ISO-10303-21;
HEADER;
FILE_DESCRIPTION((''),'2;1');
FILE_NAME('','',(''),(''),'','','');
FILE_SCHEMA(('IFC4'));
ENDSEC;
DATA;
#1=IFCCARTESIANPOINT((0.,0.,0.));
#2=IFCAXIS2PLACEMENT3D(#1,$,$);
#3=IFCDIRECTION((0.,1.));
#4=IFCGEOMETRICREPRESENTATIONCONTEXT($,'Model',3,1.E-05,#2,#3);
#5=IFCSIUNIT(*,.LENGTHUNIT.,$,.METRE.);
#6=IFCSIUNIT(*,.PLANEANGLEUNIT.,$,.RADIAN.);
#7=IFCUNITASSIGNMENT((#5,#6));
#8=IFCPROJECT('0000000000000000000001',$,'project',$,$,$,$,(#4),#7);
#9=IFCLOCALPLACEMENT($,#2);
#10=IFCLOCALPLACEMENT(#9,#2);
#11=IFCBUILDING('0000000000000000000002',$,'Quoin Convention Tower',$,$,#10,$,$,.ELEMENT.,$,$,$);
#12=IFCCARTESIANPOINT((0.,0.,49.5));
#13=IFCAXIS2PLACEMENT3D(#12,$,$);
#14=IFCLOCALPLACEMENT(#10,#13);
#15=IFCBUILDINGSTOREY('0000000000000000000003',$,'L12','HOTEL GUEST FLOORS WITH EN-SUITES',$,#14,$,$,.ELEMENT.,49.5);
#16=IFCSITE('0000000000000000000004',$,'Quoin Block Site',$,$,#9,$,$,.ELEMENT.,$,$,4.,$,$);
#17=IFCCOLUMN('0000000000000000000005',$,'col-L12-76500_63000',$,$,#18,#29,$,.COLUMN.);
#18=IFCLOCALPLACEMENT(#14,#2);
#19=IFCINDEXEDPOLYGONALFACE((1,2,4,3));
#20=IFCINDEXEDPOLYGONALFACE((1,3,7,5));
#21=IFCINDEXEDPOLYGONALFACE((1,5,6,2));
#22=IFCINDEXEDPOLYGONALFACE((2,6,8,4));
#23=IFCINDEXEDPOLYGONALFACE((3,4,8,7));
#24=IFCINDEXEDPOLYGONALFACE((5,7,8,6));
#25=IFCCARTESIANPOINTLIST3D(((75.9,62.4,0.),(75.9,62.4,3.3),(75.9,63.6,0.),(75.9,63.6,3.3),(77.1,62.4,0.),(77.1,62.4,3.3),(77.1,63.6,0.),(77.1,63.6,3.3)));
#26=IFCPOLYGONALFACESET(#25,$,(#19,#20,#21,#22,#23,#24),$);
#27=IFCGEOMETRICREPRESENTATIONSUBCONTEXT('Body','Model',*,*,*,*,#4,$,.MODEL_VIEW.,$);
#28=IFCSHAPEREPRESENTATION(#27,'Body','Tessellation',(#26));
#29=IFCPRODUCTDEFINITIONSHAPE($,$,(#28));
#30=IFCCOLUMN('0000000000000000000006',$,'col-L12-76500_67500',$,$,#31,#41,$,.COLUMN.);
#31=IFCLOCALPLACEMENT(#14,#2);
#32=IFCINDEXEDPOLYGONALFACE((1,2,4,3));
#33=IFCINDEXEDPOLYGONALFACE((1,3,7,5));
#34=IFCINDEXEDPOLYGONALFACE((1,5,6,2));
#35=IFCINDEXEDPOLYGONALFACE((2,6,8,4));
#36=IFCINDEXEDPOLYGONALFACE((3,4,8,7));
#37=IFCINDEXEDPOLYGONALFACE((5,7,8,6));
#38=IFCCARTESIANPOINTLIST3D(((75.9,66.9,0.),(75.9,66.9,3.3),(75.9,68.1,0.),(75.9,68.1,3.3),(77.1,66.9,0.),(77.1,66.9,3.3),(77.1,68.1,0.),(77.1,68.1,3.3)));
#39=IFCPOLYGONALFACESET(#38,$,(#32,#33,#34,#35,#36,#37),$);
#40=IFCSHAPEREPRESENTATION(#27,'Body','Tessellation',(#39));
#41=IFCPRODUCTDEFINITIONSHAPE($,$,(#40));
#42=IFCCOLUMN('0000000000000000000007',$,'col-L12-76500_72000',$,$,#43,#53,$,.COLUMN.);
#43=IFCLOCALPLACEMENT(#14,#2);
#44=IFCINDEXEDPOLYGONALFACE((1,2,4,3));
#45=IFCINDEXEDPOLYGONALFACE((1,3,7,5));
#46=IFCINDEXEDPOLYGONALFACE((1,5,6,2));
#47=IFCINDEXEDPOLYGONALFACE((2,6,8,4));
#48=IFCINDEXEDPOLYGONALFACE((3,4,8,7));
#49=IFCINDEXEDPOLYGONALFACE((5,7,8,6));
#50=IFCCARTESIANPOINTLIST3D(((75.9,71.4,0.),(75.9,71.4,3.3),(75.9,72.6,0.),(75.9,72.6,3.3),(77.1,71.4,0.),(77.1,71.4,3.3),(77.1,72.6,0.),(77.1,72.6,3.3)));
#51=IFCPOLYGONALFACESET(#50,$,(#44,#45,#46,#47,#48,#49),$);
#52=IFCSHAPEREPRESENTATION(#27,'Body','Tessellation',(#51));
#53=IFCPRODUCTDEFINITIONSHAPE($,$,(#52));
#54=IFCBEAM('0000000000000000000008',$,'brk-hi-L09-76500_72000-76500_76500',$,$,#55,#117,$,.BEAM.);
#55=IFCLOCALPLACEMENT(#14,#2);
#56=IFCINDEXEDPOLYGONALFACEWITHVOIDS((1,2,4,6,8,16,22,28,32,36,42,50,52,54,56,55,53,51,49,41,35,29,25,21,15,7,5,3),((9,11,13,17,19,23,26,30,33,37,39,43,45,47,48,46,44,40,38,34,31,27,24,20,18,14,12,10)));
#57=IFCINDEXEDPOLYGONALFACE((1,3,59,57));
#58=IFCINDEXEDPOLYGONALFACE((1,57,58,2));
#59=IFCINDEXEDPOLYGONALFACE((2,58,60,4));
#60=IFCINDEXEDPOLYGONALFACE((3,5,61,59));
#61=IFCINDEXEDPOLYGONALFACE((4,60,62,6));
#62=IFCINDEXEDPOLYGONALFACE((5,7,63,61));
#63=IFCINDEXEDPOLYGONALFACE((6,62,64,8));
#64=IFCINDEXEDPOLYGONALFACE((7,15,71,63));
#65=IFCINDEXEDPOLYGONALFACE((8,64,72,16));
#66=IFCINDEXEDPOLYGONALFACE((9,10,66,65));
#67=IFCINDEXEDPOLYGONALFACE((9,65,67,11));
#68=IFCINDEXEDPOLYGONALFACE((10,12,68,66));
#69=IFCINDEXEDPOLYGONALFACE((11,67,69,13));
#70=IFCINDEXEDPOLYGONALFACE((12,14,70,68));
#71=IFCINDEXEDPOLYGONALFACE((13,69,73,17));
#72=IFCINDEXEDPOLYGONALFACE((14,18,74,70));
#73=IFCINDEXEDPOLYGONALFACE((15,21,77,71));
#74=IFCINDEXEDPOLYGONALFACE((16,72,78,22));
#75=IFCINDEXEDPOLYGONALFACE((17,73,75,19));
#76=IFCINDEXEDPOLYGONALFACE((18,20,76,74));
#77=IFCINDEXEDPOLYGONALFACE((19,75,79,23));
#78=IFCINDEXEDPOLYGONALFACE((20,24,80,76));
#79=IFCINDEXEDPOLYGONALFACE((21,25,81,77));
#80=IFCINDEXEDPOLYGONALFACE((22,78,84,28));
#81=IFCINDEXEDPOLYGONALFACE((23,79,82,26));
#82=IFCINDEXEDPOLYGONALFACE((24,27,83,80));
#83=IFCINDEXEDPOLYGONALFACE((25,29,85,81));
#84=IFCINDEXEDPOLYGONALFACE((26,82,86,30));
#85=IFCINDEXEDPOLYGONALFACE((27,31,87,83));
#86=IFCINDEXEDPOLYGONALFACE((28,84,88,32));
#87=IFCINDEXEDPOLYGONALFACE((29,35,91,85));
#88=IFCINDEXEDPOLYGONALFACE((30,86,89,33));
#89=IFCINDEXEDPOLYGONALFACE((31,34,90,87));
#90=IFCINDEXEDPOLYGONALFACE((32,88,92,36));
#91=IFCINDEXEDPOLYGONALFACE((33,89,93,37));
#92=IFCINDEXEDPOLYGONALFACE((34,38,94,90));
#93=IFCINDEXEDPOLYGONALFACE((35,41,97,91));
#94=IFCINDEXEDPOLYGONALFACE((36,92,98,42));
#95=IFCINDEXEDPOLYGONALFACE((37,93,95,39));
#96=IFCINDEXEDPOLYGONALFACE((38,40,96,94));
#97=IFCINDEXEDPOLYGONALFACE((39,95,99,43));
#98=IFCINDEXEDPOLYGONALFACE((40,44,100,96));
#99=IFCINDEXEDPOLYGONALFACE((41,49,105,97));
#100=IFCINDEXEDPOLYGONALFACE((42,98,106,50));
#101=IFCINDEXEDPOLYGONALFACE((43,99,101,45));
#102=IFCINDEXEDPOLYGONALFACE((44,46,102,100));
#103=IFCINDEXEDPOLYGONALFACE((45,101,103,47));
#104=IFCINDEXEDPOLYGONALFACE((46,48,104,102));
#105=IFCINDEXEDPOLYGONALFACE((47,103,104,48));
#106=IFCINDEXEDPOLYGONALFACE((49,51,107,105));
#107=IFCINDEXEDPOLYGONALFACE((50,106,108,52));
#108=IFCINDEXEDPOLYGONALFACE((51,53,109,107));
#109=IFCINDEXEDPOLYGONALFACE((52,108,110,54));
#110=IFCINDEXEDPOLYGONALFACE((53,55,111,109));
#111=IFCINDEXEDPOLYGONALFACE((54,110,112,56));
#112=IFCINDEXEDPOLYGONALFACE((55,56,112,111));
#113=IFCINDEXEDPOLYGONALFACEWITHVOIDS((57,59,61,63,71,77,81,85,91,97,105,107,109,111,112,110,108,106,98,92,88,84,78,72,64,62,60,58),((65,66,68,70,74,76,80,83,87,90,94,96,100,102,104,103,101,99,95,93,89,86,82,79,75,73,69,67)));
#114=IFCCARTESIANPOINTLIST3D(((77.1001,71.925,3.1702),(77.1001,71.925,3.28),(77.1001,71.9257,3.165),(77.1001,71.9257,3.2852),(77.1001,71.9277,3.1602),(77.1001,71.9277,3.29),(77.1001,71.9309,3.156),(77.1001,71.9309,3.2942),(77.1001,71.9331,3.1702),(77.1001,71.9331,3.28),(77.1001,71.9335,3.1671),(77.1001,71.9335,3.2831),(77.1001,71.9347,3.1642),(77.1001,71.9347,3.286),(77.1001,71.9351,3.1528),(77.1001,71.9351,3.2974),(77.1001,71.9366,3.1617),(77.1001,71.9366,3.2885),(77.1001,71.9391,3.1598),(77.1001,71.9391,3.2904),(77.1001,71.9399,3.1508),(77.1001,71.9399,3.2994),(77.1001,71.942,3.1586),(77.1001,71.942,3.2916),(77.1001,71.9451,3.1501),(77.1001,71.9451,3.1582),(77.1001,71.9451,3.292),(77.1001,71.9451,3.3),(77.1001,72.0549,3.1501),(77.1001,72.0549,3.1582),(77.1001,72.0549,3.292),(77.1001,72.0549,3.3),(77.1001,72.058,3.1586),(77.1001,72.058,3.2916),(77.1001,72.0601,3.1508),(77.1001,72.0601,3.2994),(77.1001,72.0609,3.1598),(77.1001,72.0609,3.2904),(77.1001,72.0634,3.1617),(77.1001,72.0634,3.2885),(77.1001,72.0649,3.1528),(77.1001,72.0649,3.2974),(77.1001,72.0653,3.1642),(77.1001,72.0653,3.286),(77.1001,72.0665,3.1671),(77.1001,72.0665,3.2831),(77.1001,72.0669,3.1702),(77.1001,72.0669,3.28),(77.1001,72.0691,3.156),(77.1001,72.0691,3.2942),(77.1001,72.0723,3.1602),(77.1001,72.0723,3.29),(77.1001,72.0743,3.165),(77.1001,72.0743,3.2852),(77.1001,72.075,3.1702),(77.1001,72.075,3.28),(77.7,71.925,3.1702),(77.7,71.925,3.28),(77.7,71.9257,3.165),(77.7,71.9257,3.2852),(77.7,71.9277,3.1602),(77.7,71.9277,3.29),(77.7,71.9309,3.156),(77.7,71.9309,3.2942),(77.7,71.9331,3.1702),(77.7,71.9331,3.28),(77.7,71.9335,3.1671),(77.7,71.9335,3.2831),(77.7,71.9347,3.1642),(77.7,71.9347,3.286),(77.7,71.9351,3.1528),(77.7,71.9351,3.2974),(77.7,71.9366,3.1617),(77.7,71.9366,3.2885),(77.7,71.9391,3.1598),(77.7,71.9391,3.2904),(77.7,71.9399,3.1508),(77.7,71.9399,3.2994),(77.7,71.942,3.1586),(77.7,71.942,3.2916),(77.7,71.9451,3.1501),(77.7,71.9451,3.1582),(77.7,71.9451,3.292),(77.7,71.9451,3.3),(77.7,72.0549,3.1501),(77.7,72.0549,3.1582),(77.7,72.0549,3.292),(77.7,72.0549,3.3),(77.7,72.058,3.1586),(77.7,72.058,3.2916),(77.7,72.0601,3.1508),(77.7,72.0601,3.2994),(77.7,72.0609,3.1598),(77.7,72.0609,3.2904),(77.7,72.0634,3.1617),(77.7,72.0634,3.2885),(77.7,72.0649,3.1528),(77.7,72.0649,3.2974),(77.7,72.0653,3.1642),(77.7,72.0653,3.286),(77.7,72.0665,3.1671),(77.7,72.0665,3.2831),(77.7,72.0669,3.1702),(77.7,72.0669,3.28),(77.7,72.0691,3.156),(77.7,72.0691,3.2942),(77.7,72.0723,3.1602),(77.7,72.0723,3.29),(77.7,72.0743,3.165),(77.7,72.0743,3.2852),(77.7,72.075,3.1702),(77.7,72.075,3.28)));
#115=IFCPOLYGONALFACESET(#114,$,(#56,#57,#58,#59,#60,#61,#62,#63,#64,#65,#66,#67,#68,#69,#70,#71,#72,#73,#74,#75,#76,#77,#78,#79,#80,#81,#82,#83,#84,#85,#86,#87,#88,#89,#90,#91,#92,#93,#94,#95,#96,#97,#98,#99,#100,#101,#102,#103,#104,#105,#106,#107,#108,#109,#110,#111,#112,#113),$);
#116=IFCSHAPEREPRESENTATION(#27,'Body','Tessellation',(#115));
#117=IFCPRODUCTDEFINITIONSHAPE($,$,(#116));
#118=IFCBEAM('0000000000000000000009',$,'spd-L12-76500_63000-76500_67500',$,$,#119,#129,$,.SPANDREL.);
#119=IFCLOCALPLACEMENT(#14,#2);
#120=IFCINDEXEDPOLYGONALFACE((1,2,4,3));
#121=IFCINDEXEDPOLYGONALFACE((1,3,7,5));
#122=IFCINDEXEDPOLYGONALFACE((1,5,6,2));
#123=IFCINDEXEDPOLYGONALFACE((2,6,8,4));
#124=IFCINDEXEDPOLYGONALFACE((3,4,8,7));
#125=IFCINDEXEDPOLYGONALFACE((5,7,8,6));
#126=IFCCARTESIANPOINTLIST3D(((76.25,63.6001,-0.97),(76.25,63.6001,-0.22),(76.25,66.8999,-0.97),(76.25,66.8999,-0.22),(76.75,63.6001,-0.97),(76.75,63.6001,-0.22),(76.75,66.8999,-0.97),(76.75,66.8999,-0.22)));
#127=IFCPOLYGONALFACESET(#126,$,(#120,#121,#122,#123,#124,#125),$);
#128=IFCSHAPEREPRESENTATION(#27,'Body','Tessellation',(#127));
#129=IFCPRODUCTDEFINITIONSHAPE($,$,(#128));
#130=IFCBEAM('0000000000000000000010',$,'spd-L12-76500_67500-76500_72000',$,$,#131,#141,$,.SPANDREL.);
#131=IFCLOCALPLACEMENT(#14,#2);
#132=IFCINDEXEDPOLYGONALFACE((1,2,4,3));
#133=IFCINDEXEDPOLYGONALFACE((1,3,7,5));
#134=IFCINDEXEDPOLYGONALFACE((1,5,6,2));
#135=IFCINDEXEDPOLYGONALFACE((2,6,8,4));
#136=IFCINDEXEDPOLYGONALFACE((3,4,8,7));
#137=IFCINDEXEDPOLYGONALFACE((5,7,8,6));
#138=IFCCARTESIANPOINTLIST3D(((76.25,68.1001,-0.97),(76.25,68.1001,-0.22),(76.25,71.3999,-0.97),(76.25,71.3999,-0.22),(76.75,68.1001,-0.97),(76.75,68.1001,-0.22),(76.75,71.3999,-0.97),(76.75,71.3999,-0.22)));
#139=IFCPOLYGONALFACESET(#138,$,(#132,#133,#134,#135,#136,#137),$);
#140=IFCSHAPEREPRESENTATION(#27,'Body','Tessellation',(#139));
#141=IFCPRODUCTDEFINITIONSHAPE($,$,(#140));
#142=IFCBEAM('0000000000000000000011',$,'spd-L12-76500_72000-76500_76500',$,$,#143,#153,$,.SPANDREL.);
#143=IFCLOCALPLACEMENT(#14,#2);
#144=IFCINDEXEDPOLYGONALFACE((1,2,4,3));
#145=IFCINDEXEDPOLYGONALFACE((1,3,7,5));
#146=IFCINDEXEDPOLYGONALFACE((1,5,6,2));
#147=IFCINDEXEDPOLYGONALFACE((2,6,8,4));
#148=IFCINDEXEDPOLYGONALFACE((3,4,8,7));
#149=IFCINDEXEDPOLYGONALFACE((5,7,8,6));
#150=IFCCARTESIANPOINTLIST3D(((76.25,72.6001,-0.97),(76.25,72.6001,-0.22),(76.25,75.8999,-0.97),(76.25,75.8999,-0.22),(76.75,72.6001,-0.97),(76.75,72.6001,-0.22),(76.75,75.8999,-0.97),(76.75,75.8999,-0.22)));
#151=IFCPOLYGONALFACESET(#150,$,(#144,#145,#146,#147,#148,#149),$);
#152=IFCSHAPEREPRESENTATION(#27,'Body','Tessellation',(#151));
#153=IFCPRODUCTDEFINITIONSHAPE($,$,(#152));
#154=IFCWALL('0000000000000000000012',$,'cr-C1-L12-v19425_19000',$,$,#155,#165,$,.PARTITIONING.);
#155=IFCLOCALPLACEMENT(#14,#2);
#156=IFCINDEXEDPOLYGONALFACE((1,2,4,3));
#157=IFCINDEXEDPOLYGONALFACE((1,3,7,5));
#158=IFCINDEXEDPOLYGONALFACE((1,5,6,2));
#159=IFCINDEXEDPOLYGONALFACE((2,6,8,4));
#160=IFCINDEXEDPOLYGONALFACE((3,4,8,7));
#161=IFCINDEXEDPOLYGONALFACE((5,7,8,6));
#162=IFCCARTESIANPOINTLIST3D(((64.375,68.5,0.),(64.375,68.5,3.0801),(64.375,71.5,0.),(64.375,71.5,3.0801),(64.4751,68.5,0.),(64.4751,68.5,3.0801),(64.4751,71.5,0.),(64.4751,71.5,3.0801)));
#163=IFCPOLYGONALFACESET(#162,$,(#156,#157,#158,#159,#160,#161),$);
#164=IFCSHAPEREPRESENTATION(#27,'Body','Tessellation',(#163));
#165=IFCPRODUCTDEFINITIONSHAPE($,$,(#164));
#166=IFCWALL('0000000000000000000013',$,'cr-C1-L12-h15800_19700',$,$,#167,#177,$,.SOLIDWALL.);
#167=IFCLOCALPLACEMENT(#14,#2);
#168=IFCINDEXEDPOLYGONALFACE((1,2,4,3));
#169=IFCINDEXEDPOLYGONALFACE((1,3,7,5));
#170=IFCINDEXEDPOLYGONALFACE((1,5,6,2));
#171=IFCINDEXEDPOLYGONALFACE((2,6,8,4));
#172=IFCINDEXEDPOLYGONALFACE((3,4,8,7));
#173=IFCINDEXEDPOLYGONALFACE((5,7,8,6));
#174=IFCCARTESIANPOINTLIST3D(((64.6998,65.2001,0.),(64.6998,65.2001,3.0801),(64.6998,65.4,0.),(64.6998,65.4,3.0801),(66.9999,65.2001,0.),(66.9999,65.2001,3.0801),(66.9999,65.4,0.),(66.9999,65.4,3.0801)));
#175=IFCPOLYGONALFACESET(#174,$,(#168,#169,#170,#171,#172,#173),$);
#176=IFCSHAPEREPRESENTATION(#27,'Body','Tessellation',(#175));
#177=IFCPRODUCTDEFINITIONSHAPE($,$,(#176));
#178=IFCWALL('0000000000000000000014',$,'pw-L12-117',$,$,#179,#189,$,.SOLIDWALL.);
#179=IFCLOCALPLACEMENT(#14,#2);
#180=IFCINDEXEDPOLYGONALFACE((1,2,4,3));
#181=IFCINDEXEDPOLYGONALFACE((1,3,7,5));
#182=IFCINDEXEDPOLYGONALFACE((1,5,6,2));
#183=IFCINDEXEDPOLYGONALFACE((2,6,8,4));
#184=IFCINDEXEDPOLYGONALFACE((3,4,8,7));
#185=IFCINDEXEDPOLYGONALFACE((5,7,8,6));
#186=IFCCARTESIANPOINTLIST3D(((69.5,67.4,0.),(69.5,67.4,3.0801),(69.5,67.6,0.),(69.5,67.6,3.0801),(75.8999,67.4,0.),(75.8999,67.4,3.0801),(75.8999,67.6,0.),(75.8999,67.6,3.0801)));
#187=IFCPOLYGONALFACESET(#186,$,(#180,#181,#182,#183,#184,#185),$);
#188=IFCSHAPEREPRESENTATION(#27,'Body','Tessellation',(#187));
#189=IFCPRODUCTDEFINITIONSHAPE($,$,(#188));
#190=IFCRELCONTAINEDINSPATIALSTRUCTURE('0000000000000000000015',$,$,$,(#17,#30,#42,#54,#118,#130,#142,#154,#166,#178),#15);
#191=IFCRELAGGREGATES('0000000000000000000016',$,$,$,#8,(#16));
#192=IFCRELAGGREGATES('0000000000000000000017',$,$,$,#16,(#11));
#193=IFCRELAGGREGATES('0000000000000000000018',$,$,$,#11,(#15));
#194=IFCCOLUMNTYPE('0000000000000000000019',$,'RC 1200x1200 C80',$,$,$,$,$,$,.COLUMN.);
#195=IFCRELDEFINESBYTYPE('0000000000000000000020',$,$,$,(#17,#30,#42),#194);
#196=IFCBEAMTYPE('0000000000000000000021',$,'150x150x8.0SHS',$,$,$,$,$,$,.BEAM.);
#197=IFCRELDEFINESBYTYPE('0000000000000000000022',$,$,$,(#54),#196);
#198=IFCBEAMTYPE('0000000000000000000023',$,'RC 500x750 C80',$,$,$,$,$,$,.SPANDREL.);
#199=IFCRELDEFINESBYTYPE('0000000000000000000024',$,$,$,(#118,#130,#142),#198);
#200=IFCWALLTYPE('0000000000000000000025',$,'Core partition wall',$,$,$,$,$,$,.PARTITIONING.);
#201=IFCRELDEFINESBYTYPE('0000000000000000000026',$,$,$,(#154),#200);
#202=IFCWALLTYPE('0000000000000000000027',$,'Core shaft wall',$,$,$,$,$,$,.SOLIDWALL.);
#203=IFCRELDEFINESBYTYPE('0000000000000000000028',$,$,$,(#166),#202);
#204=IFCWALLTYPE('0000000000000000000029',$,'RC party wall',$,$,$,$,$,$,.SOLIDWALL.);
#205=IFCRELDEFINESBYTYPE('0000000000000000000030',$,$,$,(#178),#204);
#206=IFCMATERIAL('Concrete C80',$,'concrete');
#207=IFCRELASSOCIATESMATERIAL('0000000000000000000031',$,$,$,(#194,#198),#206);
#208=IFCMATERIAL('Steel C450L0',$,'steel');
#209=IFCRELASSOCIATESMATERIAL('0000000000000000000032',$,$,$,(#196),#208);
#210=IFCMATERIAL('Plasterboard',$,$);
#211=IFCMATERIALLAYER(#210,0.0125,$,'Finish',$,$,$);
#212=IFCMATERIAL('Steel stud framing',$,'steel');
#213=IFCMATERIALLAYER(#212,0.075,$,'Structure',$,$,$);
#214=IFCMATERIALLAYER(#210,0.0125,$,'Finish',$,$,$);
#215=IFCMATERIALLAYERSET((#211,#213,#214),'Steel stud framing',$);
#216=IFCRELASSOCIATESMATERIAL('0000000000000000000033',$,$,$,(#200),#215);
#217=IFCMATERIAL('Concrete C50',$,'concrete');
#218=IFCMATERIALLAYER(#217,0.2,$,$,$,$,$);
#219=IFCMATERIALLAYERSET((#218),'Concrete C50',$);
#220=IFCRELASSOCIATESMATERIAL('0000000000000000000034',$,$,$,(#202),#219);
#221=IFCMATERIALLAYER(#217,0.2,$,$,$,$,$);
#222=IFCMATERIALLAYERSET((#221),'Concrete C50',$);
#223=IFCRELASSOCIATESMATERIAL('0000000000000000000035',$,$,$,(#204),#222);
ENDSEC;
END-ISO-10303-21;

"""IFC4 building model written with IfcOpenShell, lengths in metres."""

from ifc_helpers import new_model, si_unit, direction, frame, frame_2d, origin, origin_2d, place, context, subcontext, project, spatial, rectangle, hollow_rectangle, extrude, material, layer, layer_set, material_profile, profile_set, type_object, element, save


model = new_model("IFC4")

# Units and contexts
model_context = context("Model", 3, precision=1e-05, world=origin(), true_north=direction((0.0, 1.0)))
body_context = subcontext(model_context, "Body", "Model", "MODEL_VIEW")
ifc_project = project(units=[si_unit("LENGTHUNIT", "METRE"), si_unit("PLANEANGLEUNIT", "RADIAN")], contexts=[model_context])

# Site, building, storey
site_placement = place(None, origin())
site = spatial("IfcSite", under=ifc_project, at=site_placement, Name="Quoin Block Site", CompositionType="ELEMENT", RefElevation=4.0)
building_placement = place(site_placement, origin())
building = spatial("IfcBuilding", under=site, at=building_placement, Name="Quoin Convention Tower", CompositionType="ELEMENT")
storey_placement = place(building_placement, frame((0.0, 0.0, 49.5)))
storey = spatial("IfcBuildingStorey", under=building, at=storey_placement, Name="L12", Description="HOTEL GUEST FLOORS WITH EN-SUITES", CompositionType="ELEMENT", Elevation=49.5)

# Columns
ifc_material_1 = material(Name="Concrete C80", Category="concrete")
ifc_material_profile_1 = material_profile(ifc_material_1, rectangle(XDim=1.2, YDim=1.2, at=origin_2d()), Name="RC 1200x1200")
ifc_profile_set_1 = profile_set([ifc_material_profile_1], Name="Concrete C80")
column_type = type_object("IfcColumnType", Name="RC 1200x1200 C80", PredefinedType="COLUMN", material=ifc_profile_set_1)
for number, where, z_axis, x_axis, name in (
    (1, (76.5, 63.0, 0.0), (0.0, 0.0, 1.0), (1.0, 0.0, 0.0), "col-L12-76500_63000"),
    (2, (76.5, 67.5, 0.0), (0.0, 0.0, 1.0), (1.0, 0.0, 0.0), "col-L12-76500_67500"),
    (3, (76.5, 72.0, 0.0), (0.0, 0.0, 1.0), (1.0, 0.0, 0.0), "col-L12-76500_72000"),
):
    element("IfcColumn", number, at=place(storey_placement, frame(where, z_axis=z_axis, x_axis=x_axis)), inside=storey, type_object=column_type, Name=name, PredefinedType="COLUMN", context=body_context, shape_type="SweptSolid", body=[
        extrude(rectangle(XDim=1.2, YDim=1.2, at=origin_2d()), origin(), (0.0, 0.0, 1.0), 3.3),
    ])

# Beams
ifc_material_2 = material(Name="Steel C450L0", Category="steel")
ifc_material_profile_2 = material_profile(ifc_material_2, hollow_rectangle(XDim=0.1499, YDim=0.1499, WallThickness=0.0081, InnerFilletRadius=0.012, OuterFilletRadius=0.02, at=origin_2d()), Name="150x150x8.0SHS")
ifc_profile_set_2 = profile_set([ifc_material_profile_2], Name="Steel C450L0")
beam_type_1 = type_object("IfcBeamType", Name="150x150x8.0SHS", PredefinedType="BEAM", material=ifc_profile_set_2)
beam_placement = place(storey_placement, frame((77.1001, 72.0, 3.2251), z_axis=(1.0, 0.0, 0.0), x_axis=(0.0, 1.0, 0.0)))
element("IfcBeam", 4, at=beam_placement, inside=storey, type_object=beam_type_1, Name="brk-hi-L09-76500_72000-76500_76500", PredefinedType="BEAM", context=body_context, shape_type="SweptSolid", body=[
    extrude(hollow_rectangle(XDim=0.1499, YDim=0.1499, WallThickness=0.0081, InnerFilletRadius=0.012, OuterFilletRadius=0.02, at=origin_2d()), origin(), (0.0, 0.0, 1.0), 0.5999),
])
ifc_material_profile_3 = material_profile(ifc_material_1, rectangle(XDim=0.5, YDim=0.75, at=origin_2d()), Name="RC 500x750")
ifc_profile_set_3 = profile_set([ifc_material_profile_3], Name="Concrete C80")
beam_type_2 = type_object("IfcBeamType", Name="RC 500x750 C80", PredefinedType="SPANDREL", material=ifc_profile_set_3)
for number, where, z_axis, x_axis, name in (
    (5, (76.5, 63.6001, -0.595), (0.0, 1.0, 0.0), (-1.0, 0.0, 0.0), "spd-L12-76500_63000-76500_67500"),
    (6, (76.5, 68.1001, -0.595), (0.0, 1.0, 0.0), (-1.0, 0.0, 0.0), "spd-L12-76500_67500-76500_72000"),
    (7, (76.5, 72.6001, -0.595), (0.0, 1.0, 0.0), (-1.0, 0.0, 0.0), "spd-L12-76500_72000-76500_76500"),
):
    element("IfcBeam", number, at=place(storey_placement, frame(where, z_axis=z_axis, x_axis=x_axis)), inside=storey, type_object=beam_type_2, Name=name, PredefinedType="SPANDREL", context=body_context, shape_type="SweptSolid", body=[
        extrude(rectangle(XDim=0.5, YDim=0.75, at=origin_2d()), origin(), (0.0, 0.0, 1.0), 3.2998),
    ])

# Walls
ifc_material_3 = material(Name="Plasterboard")
ifc_layer_1 = layer(ifc_material_3, 0.0125, Name="Finish")
ifc_material_4 = material(Name="Steel stud framing", Category="steel")
ifc_layer_2 = layer(ifc_material_4, 0.075, Name="Structure")
ifc_layer_3 = layer(ifc_material_3, 0.0125, Name="Finish")
ifc_layer_set_1 = layer_set([ifc_layer_1, ifc_layer_2, ifc_layer_3], Name="Steel stud framing")
wall_type_1 = type_object("IfcWallType", Name="Core partition wall", PredefinedType="PARTITIONING", material=ifc_layer_set_1)
wall_1_placement = place(storey_placement, frame((64.425, 68.5, 0.0), z_axis=(0.0, 0.0, 1.0), x_axis=(0.0, 1.0, 0.0)))
element("IfcWall", 8, at=wall_1_placement, inside=storey, type_object=wall_type_1, Name="cr-C1-L12-v19425_19000", PredefinedType="PARTITIONING", context=body_context, shape_type="SweptSolid", body=[
    extrude(rectangle(XDim=3.0, YDim=0.1001, at=frame_2d((1.5, 0.0))), origin(), (0.0, 0.0, 1.0), 3.0801),
])
ifc_material_5 = material(Name="Concrete C50", Category="concrete")
ifc_layer_4 = layer(ifc_material_5, 0.2)
ifc_layer_set_2 = layer_set([ifc_layer_4], Name="Concrete C50")
wall_type_2 = type_object("IfcWallType", Name="Core shaft wall", PredefinedType="SOLIDWALL", material=ifc_layer_set_2)
wall_2_placement = place(storey_placement, frame((64.7, 65.3, 0.0), z_axis=(0.0, 0.0, 1.0), x_axis=(1.0, 0.0, 0.0)))
element("IfcWall", 9, at=wall_2_placement, inside=storey, type_object=wall_type_2, Name="cr-C1-L12-h15800_19700", PredefinedType="SOLIDWALL", context=body_context, shape_type="SweptSolid", body=[
    extrude(rectangle(XDim=2.3, YDim=0.2, at=frame_2d((1.1499, 0.0))), origin(), (0.0, 0.0, 1.0), 3.0801),
])
ifc_layer_5 = layer(ifc_material_5, 0.2)
ifc_layer_set_3 = layer_set([ifc_layer_5], Name="Concrete C50")
wall_type_3 = type_object("IfcWallType", Name="RC party wall", PredefinedType="SOLIDWALL", material=ifc_layer_set_3)
wall_3_placement = place(storey_placement, frame((69.5, 67.5, 0.0), z_axis=(0.0, 0.0, 1.0), x_axis=(1.0, 0.0, 0.0)))
element("IfcWall", 10, at=wall_3_placement, inside=storey, type_object=wall_type_3, Name="pw-L12-117", PredefinedType="SOLIDWALL", context=body_context, shape_type="SweptSolid", body=[
    extrude(rectangle(XDim=6.3999, YDim=0.2, at=frame_2d((3.2, 0.0))), origin(), (0.0, 0.0, 1.0), 3.0801),
])

save(model, "model.ifc")
